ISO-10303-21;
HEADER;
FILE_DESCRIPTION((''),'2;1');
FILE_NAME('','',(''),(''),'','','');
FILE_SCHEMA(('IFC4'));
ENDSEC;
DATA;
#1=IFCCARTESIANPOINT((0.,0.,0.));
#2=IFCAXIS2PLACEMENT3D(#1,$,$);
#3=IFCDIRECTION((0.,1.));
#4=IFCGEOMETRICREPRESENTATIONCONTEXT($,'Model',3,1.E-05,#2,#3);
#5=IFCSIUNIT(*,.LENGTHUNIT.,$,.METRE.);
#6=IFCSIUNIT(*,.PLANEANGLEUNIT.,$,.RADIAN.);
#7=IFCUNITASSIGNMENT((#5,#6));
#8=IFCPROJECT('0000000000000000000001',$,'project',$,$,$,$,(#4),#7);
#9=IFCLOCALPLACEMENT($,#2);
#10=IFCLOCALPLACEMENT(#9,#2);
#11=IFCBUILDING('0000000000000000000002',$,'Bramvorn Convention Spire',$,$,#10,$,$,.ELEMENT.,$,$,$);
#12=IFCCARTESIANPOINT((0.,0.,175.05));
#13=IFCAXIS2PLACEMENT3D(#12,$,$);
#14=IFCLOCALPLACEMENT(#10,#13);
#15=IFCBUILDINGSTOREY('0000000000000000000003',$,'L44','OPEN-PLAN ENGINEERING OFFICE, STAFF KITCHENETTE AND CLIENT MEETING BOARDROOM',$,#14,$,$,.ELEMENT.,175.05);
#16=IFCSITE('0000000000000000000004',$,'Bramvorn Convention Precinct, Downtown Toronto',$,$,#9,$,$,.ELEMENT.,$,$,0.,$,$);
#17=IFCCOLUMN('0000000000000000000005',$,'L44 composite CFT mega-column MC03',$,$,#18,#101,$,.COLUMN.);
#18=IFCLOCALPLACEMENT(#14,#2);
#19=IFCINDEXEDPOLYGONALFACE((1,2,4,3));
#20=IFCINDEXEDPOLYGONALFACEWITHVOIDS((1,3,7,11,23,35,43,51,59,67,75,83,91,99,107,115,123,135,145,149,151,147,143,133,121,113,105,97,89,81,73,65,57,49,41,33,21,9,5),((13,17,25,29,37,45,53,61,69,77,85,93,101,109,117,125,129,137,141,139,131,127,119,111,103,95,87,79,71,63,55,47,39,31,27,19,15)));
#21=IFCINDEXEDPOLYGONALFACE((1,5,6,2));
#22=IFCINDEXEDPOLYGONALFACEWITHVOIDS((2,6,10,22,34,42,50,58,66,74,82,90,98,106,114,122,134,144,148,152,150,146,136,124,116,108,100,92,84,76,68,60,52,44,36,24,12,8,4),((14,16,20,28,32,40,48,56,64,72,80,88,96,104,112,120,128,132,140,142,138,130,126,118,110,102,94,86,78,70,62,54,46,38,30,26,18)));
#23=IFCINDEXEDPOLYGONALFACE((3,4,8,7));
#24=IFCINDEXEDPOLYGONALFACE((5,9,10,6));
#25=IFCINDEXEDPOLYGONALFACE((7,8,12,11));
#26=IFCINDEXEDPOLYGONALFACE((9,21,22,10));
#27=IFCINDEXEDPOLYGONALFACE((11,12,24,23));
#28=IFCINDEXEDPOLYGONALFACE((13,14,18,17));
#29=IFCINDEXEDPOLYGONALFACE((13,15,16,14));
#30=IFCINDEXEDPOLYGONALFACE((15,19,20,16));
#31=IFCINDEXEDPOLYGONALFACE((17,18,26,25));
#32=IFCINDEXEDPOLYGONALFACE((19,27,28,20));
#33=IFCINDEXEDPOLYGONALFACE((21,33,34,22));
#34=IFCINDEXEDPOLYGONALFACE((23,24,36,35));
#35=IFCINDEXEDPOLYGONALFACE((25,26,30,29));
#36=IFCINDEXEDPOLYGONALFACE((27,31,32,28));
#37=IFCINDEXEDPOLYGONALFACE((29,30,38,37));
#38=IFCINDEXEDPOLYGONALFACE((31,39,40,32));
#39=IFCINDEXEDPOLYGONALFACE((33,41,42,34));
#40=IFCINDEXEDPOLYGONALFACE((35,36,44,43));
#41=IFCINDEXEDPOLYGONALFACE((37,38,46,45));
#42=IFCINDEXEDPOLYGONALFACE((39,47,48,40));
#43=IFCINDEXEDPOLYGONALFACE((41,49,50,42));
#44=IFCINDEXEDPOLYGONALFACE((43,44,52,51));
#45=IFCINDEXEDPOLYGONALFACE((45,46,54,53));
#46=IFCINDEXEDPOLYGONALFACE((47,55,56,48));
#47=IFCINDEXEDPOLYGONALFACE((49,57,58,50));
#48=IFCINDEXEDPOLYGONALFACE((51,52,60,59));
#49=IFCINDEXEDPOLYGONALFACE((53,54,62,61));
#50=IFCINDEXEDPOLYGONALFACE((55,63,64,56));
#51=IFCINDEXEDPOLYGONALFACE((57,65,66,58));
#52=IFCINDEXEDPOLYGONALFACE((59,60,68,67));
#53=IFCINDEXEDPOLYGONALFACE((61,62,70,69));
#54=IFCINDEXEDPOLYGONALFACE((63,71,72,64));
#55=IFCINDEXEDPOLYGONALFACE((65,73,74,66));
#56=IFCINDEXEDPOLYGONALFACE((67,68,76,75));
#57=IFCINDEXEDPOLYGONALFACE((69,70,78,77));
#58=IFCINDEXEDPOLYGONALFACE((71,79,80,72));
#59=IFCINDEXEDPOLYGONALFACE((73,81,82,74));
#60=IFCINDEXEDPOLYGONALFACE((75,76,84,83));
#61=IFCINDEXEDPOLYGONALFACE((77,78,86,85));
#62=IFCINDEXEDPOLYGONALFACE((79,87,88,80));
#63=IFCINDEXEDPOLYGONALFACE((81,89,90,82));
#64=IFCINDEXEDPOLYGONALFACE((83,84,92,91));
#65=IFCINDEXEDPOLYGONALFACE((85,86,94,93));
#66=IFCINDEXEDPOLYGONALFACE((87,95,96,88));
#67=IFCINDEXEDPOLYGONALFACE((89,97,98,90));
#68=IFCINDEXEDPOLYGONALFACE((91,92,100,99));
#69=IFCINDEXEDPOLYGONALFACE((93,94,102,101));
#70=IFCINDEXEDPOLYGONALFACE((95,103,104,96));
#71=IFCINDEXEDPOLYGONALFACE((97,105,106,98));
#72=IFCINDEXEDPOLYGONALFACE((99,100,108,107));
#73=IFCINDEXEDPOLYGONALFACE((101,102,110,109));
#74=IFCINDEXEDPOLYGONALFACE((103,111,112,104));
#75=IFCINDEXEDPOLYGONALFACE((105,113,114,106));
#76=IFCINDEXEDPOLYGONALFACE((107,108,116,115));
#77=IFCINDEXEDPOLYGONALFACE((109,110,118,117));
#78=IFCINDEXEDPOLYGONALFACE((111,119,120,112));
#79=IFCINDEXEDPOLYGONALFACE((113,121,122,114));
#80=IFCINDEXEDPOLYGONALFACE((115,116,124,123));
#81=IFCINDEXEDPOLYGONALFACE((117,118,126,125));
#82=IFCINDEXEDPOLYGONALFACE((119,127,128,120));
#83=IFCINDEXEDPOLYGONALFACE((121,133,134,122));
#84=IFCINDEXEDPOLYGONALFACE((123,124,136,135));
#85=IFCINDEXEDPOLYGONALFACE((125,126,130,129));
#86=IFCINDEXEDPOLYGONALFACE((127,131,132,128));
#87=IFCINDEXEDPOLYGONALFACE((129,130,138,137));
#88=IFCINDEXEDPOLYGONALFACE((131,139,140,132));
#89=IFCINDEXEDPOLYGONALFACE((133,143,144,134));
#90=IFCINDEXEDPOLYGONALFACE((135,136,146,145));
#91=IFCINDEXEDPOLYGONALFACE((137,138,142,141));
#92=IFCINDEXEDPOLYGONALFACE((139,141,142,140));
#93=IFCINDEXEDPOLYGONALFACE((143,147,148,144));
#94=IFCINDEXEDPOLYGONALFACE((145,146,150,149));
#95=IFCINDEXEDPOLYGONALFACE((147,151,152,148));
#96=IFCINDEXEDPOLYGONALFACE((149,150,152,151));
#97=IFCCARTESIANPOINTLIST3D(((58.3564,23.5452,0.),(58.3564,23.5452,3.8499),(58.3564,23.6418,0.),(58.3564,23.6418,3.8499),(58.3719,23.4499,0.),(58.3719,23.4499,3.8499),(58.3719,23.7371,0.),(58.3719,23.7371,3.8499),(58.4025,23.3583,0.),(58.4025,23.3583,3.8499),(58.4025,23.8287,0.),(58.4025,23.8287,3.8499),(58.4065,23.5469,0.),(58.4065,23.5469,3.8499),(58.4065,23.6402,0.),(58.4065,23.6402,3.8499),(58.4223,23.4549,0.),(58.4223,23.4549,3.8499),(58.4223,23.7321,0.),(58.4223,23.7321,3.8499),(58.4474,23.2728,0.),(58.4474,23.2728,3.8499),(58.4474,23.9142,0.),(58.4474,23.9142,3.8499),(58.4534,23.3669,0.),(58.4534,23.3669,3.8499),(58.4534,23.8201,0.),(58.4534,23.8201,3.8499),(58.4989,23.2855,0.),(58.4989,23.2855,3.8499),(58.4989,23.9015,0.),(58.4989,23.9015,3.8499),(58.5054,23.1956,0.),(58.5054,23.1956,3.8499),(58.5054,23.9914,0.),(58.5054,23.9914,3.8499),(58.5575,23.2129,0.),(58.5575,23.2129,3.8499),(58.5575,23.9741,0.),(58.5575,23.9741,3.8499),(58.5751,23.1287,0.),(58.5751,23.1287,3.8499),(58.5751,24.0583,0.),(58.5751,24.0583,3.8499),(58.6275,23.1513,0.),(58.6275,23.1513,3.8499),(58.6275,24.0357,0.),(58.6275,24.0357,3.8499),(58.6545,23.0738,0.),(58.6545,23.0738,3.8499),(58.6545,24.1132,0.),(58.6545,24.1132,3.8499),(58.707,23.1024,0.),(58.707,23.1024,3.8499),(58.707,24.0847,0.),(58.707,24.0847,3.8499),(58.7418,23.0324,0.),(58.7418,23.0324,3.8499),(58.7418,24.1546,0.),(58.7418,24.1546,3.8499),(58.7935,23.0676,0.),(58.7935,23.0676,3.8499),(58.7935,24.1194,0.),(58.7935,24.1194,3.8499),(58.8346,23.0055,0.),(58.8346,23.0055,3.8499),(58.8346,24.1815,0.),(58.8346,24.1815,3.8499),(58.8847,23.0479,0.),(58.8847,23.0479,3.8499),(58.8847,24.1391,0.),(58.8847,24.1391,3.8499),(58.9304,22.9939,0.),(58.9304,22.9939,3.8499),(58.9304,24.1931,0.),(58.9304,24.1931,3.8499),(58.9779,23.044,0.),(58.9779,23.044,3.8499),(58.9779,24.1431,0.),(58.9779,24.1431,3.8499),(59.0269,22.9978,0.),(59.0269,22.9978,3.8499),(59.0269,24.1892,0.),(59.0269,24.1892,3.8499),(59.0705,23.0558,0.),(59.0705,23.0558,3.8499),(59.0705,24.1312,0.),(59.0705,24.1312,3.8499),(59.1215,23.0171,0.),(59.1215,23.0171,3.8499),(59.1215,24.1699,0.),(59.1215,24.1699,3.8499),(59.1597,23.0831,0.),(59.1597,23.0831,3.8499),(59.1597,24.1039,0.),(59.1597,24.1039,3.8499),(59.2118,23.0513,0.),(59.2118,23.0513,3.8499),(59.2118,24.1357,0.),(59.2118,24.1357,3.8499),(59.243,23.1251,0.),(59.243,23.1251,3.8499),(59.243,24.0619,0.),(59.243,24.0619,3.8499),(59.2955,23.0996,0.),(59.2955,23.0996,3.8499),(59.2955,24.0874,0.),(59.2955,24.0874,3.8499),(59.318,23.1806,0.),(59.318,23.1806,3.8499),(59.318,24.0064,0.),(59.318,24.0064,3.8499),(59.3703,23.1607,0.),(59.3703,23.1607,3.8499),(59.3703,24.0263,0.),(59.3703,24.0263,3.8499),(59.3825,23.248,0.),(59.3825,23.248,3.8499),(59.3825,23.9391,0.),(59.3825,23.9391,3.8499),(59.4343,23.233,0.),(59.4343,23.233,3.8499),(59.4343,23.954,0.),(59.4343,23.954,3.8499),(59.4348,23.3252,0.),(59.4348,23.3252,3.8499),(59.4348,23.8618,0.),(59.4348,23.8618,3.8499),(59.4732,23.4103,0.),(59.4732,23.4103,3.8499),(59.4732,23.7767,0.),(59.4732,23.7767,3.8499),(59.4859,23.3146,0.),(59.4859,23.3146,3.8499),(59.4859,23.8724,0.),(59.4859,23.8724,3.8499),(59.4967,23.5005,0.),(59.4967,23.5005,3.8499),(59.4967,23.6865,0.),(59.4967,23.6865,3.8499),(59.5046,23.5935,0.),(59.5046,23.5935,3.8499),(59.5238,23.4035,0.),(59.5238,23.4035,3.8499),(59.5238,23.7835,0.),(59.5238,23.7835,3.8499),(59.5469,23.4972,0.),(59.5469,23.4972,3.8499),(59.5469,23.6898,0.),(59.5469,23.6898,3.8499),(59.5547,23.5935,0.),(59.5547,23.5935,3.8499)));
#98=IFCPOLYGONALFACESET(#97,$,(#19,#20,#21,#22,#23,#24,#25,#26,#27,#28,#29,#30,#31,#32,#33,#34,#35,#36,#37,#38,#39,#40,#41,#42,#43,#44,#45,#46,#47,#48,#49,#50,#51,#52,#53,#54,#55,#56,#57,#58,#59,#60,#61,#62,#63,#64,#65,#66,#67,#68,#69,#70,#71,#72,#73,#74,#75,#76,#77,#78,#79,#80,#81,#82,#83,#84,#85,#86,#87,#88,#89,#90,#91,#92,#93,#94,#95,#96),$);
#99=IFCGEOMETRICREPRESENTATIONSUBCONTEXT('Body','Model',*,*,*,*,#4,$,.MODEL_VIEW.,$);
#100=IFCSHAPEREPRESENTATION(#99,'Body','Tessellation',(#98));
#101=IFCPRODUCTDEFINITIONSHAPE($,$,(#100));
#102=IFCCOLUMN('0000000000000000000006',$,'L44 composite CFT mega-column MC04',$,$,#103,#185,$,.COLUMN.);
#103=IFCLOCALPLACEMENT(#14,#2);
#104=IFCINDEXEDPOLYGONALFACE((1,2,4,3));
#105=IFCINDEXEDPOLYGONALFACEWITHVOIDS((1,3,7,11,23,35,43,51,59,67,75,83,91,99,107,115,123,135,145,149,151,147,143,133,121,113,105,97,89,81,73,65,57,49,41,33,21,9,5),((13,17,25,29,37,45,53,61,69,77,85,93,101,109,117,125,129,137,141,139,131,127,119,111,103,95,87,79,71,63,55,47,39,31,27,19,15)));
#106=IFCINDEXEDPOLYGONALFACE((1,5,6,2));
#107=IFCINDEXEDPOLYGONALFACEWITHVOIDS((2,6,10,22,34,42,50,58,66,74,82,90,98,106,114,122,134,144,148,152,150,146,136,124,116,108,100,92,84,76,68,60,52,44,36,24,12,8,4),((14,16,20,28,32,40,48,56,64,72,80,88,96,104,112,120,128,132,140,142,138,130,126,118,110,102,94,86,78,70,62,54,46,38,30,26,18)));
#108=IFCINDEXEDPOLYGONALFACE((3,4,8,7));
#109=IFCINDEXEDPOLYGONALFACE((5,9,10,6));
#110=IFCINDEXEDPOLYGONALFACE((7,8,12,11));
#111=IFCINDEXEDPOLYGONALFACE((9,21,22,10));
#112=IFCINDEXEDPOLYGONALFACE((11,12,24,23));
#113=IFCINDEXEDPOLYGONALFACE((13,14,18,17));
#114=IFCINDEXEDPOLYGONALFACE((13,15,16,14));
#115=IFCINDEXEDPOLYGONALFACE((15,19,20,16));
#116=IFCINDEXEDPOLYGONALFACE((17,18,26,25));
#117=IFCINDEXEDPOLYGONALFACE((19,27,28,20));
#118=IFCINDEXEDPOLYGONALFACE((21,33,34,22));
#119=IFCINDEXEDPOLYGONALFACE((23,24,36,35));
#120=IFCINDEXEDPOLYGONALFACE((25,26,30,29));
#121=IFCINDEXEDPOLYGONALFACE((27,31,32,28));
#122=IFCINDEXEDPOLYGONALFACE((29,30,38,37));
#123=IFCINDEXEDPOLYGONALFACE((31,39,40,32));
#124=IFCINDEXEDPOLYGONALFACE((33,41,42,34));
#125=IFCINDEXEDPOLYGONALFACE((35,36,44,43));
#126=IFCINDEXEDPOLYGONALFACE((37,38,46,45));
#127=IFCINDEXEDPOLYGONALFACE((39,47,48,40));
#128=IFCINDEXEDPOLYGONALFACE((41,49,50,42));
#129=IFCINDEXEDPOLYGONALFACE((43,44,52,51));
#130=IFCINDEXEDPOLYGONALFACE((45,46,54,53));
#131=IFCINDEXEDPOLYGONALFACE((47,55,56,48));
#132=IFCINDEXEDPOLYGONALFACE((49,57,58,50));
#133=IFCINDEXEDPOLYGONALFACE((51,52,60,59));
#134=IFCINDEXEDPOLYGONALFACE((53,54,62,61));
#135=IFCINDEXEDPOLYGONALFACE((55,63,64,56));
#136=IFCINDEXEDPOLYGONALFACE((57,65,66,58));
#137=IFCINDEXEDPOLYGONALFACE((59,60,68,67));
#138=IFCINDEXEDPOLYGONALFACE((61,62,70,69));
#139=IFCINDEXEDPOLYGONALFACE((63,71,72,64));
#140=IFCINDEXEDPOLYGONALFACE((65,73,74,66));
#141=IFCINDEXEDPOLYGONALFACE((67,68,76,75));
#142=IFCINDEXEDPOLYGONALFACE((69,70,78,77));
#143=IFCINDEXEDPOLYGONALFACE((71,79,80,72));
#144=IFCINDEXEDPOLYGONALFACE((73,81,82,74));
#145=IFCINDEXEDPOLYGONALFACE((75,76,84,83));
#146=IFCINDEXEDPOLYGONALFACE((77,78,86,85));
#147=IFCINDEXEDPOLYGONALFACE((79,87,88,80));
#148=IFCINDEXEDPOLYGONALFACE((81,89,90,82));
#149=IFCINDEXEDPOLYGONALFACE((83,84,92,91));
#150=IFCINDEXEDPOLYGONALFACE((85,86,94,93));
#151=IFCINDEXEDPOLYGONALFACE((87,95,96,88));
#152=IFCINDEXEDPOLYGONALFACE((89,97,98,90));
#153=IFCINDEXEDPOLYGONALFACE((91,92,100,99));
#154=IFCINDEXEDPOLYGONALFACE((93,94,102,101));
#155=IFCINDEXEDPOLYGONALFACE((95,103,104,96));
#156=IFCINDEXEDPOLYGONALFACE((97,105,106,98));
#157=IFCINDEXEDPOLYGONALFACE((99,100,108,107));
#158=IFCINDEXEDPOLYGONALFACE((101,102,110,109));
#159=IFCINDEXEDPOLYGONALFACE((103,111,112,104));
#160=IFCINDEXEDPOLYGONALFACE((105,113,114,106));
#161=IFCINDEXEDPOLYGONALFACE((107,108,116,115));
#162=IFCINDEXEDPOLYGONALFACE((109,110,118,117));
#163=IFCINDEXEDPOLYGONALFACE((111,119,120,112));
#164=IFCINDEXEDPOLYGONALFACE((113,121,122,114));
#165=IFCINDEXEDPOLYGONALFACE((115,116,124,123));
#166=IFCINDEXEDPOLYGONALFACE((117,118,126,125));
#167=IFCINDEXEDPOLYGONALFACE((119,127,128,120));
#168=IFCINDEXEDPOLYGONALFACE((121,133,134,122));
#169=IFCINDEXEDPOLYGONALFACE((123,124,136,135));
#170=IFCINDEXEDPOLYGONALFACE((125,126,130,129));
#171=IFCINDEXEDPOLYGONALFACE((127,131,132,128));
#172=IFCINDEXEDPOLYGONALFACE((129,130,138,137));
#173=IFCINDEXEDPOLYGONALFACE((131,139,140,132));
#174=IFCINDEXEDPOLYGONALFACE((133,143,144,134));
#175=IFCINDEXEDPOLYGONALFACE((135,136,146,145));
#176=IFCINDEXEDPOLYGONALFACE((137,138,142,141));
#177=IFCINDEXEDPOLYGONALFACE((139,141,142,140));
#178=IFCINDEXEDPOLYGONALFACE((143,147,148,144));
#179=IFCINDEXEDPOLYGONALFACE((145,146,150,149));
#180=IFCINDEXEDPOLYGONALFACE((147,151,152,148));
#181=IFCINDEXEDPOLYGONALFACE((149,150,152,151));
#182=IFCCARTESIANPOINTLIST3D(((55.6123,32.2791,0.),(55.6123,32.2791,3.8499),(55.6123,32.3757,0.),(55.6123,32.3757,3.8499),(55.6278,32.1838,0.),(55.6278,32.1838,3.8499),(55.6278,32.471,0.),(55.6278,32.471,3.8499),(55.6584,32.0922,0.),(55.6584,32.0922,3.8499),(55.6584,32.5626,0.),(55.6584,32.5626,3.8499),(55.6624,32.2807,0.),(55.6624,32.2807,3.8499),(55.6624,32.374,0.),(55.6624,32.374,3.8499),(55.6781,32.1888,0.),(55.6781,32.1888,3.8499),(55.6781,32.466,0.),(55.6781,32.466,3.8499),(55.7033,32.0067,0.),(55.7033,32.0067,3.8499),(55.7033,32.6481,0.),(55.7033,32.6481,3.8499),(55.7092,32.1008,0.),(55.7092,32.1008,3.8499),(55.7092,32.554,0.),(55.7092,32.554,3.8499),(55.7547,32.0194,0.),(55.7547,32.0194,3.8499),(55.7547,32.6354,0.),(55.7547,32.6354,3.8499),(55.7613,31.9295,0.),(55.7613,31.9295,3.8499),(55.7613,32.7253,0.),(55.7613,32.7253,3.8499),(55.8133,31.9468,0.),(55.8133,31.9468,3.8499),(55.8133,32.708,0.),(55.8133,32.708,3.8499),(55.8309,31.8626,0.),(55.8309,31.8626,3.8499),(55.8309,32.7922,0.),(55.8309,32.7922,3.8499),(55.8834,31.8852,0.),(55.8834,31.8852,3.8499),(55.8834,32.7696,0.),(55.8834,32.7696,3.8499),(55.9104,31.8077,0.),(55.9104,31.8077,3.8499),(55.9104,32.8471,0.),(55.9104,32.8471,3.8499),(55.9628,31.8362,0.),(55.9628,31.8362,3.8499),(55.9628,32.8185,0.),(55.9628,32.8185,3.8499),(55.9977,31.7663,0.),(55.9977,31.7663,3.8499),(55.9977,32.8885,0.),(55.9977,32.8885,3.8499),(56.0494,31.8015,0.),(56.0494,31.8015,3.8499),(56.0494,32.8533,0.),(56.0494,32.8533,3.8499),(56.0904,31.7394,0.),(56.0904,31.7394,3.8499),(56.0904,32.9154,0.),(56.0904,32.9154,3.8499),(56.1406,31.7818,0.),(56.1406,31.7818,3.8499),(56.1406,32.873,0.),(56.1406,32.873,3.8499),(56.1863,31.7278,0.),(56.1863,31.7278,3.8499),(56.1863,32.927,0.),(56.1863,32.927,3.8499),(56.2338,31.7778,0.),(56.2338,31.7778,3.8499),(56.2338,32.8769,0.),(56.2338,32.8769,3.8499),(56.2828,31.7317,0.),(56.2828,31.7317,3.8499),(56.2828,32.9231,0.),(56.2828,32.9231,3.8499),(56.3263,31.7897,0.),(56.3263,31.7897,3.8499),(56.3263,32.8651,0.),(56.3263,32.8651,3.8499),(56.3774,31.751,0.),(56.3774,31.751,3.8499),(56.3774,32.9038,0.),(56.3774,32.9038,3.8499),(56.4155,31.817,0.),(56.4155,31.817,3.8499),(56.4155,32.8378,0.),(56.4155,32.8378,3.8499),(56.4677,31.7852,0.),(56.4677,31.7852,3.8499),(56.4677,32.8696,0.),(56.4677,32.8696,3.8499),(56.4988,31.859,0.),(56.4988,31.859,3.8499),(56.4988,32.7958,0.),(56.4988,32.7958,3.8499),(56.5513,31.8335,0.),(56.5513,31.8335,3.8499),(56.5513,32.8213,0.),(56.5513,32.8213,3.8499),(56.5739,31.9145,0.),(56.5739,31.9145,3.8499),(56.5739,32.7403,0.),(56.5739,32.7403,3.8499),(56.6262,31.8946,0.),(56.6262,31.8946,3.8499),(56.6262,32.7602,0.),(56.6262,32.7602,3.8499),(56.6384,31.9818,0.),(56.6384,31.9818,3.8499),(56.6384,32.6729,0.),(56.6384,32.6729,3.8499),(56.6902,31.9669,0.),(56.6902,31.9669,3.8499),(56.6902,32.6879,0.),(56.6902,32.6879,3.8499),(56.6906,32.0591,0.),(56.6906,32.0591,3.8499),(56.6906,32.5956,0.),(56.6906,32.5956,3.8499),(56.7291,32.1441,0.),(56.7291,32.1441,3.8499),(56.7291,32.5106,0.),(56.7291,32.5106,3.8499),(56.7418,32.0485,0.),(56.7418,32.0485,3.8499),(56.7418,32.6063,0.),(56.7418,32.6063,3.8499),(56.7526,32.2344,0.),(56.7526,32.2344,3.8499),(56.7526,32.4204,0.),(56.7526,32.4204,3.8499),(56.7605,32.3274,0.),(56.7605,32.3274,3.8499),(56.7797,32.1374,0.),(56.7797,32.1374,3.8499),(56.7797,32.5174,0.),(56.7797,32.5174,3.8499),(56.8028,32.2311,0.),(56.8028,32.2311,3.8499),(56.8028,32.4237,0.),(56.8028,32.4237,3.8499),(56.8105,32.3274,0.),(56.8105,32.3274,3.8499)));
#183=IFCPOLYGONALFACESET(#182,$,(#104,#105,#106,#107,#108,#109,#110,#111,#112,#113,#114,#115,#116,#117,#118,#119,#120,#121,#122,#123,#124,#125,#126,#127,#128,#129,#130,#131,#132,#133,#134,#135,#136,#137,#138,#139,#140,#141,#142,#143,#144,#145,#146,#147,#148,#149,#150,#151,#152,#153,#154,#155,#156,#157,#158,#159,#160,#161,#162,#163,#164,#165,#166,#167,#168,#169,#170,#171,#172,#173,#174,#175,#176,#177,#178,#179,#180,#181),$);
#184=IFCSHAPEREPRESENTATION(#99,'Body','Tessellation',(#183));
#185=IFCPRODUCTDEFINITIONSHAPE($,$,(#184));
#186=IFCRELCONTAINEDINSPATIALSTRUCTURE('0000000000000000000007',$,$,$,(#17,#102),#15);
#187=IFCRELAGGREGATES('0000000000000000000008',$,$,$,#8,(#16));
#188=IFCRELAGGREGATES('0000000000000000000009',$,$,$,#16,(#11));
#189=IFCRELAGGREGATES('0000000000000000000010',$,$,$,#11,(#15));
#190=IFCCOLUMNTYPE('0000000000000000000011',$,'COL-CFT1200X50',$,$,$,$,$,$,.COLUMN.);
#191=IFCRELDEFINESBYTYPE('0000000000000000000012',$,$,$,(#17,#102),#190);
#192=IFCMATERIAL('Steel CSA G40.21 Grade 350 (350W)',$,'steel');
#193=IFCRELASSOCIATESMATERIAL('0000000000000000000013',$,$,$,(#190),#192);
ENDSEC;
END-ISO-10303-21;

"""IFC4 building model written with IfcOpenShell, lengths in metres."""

from ifc_helpers import new_model, si_unit, direction, frame, origin, origin_2d, place, context, subcontext, project, spatial, hollow_circle, extrude, material, material_profile, profile_set, type_object, element, save


model = new_model("IFC4")

# Units and contexts
model_context = context("Model", 3, precision=1e-05, world=origin(), true_north=direction((0.0, 1.0)))
body_context = subcontext(model_context, "Body", "Model", "MODEL_VIEW")
ifc_project = project(units=[si_unit("LENGTHUNIT", "METRE"), si_unit("PLANEANGLEUNIT", "RADIAN")], contexts=[model_context])

# Site, building, storey
site_placement = place(None, origin())
site = spatial("IfcSite", under=ifc_project, at=site_placement, Name="Bramvorn Convention Precinct, Downtown Toronto", CompositionType="ELEMENT", RefElevation=0.0)
building_placement = place(site_placement, origin())
building = spatial("IfcBuilding", under=site, at=building_placement, Name="Bramvorn Convention Spire", CompositionType="ELEMENT")
storey_placement = place(building_placement, frame((0.0, 0.0, 175.05)))
storey = spatial("IfcBuildingStorey", under=building, at=storey_placement, Name="L44", Description="OPEN-PLAN ENGINEERING OFFICE, STAFF KITCHENETTE AND CLIENT MEETING BOARDROOM", CompositionType="ELEMENT", Elevation=175.05)

# Columns
ifc_material_1 = material(Name="Steel CSA G40.21 Grade 350 (350W)", Category="steel")
ifc_material_profile_1 = material_profile(ifc_material_1, hollow_circle(Radius=0.6001, WallThickness=0.05, at=origin_2d()))
ifc_profile_set_1 = profile_set([ifc_material_profile_1], Name="Steel CSA G40.21 Grade 350 (350W) - CFT1200X50")
column_type = type_object("IfcColumnType", Name="COL-CFT1200X50", PredefinedType="COLUMN", material=ifc_profile_set_1)
for number, where, z_axis, x_axis, name in (
    (1, (58.9546, 23.5935, 0.0), (0.0, 0.0, 1.0), (1.0, 0.0, 0.0), "L44 composite CFT mega-column MC03"),
    (2, (56.2104, 32.3274, 0.0), (0.0, 0.0, 1.0), (1.0, 0.0, 0.0), "L44 composite CFT mega-column MC04"),
):
    element("IfcColumn", number, at=place(storey_placement, frame(where, z_axis=z_axis, x_axis=x_axis)), inside=storey, type_object=column_type, Name=name, PredefinedType="COLUMN", context=body_context, shape_type="SweptSolid", body=[
        extrude(hollow_circle(Radius=0.6001, WallThickness=0.05, at=origin_2d()), origin(), (0.0, 0.0, 1.0), 3.8499),
    ])

save(model, "model.ifc")
